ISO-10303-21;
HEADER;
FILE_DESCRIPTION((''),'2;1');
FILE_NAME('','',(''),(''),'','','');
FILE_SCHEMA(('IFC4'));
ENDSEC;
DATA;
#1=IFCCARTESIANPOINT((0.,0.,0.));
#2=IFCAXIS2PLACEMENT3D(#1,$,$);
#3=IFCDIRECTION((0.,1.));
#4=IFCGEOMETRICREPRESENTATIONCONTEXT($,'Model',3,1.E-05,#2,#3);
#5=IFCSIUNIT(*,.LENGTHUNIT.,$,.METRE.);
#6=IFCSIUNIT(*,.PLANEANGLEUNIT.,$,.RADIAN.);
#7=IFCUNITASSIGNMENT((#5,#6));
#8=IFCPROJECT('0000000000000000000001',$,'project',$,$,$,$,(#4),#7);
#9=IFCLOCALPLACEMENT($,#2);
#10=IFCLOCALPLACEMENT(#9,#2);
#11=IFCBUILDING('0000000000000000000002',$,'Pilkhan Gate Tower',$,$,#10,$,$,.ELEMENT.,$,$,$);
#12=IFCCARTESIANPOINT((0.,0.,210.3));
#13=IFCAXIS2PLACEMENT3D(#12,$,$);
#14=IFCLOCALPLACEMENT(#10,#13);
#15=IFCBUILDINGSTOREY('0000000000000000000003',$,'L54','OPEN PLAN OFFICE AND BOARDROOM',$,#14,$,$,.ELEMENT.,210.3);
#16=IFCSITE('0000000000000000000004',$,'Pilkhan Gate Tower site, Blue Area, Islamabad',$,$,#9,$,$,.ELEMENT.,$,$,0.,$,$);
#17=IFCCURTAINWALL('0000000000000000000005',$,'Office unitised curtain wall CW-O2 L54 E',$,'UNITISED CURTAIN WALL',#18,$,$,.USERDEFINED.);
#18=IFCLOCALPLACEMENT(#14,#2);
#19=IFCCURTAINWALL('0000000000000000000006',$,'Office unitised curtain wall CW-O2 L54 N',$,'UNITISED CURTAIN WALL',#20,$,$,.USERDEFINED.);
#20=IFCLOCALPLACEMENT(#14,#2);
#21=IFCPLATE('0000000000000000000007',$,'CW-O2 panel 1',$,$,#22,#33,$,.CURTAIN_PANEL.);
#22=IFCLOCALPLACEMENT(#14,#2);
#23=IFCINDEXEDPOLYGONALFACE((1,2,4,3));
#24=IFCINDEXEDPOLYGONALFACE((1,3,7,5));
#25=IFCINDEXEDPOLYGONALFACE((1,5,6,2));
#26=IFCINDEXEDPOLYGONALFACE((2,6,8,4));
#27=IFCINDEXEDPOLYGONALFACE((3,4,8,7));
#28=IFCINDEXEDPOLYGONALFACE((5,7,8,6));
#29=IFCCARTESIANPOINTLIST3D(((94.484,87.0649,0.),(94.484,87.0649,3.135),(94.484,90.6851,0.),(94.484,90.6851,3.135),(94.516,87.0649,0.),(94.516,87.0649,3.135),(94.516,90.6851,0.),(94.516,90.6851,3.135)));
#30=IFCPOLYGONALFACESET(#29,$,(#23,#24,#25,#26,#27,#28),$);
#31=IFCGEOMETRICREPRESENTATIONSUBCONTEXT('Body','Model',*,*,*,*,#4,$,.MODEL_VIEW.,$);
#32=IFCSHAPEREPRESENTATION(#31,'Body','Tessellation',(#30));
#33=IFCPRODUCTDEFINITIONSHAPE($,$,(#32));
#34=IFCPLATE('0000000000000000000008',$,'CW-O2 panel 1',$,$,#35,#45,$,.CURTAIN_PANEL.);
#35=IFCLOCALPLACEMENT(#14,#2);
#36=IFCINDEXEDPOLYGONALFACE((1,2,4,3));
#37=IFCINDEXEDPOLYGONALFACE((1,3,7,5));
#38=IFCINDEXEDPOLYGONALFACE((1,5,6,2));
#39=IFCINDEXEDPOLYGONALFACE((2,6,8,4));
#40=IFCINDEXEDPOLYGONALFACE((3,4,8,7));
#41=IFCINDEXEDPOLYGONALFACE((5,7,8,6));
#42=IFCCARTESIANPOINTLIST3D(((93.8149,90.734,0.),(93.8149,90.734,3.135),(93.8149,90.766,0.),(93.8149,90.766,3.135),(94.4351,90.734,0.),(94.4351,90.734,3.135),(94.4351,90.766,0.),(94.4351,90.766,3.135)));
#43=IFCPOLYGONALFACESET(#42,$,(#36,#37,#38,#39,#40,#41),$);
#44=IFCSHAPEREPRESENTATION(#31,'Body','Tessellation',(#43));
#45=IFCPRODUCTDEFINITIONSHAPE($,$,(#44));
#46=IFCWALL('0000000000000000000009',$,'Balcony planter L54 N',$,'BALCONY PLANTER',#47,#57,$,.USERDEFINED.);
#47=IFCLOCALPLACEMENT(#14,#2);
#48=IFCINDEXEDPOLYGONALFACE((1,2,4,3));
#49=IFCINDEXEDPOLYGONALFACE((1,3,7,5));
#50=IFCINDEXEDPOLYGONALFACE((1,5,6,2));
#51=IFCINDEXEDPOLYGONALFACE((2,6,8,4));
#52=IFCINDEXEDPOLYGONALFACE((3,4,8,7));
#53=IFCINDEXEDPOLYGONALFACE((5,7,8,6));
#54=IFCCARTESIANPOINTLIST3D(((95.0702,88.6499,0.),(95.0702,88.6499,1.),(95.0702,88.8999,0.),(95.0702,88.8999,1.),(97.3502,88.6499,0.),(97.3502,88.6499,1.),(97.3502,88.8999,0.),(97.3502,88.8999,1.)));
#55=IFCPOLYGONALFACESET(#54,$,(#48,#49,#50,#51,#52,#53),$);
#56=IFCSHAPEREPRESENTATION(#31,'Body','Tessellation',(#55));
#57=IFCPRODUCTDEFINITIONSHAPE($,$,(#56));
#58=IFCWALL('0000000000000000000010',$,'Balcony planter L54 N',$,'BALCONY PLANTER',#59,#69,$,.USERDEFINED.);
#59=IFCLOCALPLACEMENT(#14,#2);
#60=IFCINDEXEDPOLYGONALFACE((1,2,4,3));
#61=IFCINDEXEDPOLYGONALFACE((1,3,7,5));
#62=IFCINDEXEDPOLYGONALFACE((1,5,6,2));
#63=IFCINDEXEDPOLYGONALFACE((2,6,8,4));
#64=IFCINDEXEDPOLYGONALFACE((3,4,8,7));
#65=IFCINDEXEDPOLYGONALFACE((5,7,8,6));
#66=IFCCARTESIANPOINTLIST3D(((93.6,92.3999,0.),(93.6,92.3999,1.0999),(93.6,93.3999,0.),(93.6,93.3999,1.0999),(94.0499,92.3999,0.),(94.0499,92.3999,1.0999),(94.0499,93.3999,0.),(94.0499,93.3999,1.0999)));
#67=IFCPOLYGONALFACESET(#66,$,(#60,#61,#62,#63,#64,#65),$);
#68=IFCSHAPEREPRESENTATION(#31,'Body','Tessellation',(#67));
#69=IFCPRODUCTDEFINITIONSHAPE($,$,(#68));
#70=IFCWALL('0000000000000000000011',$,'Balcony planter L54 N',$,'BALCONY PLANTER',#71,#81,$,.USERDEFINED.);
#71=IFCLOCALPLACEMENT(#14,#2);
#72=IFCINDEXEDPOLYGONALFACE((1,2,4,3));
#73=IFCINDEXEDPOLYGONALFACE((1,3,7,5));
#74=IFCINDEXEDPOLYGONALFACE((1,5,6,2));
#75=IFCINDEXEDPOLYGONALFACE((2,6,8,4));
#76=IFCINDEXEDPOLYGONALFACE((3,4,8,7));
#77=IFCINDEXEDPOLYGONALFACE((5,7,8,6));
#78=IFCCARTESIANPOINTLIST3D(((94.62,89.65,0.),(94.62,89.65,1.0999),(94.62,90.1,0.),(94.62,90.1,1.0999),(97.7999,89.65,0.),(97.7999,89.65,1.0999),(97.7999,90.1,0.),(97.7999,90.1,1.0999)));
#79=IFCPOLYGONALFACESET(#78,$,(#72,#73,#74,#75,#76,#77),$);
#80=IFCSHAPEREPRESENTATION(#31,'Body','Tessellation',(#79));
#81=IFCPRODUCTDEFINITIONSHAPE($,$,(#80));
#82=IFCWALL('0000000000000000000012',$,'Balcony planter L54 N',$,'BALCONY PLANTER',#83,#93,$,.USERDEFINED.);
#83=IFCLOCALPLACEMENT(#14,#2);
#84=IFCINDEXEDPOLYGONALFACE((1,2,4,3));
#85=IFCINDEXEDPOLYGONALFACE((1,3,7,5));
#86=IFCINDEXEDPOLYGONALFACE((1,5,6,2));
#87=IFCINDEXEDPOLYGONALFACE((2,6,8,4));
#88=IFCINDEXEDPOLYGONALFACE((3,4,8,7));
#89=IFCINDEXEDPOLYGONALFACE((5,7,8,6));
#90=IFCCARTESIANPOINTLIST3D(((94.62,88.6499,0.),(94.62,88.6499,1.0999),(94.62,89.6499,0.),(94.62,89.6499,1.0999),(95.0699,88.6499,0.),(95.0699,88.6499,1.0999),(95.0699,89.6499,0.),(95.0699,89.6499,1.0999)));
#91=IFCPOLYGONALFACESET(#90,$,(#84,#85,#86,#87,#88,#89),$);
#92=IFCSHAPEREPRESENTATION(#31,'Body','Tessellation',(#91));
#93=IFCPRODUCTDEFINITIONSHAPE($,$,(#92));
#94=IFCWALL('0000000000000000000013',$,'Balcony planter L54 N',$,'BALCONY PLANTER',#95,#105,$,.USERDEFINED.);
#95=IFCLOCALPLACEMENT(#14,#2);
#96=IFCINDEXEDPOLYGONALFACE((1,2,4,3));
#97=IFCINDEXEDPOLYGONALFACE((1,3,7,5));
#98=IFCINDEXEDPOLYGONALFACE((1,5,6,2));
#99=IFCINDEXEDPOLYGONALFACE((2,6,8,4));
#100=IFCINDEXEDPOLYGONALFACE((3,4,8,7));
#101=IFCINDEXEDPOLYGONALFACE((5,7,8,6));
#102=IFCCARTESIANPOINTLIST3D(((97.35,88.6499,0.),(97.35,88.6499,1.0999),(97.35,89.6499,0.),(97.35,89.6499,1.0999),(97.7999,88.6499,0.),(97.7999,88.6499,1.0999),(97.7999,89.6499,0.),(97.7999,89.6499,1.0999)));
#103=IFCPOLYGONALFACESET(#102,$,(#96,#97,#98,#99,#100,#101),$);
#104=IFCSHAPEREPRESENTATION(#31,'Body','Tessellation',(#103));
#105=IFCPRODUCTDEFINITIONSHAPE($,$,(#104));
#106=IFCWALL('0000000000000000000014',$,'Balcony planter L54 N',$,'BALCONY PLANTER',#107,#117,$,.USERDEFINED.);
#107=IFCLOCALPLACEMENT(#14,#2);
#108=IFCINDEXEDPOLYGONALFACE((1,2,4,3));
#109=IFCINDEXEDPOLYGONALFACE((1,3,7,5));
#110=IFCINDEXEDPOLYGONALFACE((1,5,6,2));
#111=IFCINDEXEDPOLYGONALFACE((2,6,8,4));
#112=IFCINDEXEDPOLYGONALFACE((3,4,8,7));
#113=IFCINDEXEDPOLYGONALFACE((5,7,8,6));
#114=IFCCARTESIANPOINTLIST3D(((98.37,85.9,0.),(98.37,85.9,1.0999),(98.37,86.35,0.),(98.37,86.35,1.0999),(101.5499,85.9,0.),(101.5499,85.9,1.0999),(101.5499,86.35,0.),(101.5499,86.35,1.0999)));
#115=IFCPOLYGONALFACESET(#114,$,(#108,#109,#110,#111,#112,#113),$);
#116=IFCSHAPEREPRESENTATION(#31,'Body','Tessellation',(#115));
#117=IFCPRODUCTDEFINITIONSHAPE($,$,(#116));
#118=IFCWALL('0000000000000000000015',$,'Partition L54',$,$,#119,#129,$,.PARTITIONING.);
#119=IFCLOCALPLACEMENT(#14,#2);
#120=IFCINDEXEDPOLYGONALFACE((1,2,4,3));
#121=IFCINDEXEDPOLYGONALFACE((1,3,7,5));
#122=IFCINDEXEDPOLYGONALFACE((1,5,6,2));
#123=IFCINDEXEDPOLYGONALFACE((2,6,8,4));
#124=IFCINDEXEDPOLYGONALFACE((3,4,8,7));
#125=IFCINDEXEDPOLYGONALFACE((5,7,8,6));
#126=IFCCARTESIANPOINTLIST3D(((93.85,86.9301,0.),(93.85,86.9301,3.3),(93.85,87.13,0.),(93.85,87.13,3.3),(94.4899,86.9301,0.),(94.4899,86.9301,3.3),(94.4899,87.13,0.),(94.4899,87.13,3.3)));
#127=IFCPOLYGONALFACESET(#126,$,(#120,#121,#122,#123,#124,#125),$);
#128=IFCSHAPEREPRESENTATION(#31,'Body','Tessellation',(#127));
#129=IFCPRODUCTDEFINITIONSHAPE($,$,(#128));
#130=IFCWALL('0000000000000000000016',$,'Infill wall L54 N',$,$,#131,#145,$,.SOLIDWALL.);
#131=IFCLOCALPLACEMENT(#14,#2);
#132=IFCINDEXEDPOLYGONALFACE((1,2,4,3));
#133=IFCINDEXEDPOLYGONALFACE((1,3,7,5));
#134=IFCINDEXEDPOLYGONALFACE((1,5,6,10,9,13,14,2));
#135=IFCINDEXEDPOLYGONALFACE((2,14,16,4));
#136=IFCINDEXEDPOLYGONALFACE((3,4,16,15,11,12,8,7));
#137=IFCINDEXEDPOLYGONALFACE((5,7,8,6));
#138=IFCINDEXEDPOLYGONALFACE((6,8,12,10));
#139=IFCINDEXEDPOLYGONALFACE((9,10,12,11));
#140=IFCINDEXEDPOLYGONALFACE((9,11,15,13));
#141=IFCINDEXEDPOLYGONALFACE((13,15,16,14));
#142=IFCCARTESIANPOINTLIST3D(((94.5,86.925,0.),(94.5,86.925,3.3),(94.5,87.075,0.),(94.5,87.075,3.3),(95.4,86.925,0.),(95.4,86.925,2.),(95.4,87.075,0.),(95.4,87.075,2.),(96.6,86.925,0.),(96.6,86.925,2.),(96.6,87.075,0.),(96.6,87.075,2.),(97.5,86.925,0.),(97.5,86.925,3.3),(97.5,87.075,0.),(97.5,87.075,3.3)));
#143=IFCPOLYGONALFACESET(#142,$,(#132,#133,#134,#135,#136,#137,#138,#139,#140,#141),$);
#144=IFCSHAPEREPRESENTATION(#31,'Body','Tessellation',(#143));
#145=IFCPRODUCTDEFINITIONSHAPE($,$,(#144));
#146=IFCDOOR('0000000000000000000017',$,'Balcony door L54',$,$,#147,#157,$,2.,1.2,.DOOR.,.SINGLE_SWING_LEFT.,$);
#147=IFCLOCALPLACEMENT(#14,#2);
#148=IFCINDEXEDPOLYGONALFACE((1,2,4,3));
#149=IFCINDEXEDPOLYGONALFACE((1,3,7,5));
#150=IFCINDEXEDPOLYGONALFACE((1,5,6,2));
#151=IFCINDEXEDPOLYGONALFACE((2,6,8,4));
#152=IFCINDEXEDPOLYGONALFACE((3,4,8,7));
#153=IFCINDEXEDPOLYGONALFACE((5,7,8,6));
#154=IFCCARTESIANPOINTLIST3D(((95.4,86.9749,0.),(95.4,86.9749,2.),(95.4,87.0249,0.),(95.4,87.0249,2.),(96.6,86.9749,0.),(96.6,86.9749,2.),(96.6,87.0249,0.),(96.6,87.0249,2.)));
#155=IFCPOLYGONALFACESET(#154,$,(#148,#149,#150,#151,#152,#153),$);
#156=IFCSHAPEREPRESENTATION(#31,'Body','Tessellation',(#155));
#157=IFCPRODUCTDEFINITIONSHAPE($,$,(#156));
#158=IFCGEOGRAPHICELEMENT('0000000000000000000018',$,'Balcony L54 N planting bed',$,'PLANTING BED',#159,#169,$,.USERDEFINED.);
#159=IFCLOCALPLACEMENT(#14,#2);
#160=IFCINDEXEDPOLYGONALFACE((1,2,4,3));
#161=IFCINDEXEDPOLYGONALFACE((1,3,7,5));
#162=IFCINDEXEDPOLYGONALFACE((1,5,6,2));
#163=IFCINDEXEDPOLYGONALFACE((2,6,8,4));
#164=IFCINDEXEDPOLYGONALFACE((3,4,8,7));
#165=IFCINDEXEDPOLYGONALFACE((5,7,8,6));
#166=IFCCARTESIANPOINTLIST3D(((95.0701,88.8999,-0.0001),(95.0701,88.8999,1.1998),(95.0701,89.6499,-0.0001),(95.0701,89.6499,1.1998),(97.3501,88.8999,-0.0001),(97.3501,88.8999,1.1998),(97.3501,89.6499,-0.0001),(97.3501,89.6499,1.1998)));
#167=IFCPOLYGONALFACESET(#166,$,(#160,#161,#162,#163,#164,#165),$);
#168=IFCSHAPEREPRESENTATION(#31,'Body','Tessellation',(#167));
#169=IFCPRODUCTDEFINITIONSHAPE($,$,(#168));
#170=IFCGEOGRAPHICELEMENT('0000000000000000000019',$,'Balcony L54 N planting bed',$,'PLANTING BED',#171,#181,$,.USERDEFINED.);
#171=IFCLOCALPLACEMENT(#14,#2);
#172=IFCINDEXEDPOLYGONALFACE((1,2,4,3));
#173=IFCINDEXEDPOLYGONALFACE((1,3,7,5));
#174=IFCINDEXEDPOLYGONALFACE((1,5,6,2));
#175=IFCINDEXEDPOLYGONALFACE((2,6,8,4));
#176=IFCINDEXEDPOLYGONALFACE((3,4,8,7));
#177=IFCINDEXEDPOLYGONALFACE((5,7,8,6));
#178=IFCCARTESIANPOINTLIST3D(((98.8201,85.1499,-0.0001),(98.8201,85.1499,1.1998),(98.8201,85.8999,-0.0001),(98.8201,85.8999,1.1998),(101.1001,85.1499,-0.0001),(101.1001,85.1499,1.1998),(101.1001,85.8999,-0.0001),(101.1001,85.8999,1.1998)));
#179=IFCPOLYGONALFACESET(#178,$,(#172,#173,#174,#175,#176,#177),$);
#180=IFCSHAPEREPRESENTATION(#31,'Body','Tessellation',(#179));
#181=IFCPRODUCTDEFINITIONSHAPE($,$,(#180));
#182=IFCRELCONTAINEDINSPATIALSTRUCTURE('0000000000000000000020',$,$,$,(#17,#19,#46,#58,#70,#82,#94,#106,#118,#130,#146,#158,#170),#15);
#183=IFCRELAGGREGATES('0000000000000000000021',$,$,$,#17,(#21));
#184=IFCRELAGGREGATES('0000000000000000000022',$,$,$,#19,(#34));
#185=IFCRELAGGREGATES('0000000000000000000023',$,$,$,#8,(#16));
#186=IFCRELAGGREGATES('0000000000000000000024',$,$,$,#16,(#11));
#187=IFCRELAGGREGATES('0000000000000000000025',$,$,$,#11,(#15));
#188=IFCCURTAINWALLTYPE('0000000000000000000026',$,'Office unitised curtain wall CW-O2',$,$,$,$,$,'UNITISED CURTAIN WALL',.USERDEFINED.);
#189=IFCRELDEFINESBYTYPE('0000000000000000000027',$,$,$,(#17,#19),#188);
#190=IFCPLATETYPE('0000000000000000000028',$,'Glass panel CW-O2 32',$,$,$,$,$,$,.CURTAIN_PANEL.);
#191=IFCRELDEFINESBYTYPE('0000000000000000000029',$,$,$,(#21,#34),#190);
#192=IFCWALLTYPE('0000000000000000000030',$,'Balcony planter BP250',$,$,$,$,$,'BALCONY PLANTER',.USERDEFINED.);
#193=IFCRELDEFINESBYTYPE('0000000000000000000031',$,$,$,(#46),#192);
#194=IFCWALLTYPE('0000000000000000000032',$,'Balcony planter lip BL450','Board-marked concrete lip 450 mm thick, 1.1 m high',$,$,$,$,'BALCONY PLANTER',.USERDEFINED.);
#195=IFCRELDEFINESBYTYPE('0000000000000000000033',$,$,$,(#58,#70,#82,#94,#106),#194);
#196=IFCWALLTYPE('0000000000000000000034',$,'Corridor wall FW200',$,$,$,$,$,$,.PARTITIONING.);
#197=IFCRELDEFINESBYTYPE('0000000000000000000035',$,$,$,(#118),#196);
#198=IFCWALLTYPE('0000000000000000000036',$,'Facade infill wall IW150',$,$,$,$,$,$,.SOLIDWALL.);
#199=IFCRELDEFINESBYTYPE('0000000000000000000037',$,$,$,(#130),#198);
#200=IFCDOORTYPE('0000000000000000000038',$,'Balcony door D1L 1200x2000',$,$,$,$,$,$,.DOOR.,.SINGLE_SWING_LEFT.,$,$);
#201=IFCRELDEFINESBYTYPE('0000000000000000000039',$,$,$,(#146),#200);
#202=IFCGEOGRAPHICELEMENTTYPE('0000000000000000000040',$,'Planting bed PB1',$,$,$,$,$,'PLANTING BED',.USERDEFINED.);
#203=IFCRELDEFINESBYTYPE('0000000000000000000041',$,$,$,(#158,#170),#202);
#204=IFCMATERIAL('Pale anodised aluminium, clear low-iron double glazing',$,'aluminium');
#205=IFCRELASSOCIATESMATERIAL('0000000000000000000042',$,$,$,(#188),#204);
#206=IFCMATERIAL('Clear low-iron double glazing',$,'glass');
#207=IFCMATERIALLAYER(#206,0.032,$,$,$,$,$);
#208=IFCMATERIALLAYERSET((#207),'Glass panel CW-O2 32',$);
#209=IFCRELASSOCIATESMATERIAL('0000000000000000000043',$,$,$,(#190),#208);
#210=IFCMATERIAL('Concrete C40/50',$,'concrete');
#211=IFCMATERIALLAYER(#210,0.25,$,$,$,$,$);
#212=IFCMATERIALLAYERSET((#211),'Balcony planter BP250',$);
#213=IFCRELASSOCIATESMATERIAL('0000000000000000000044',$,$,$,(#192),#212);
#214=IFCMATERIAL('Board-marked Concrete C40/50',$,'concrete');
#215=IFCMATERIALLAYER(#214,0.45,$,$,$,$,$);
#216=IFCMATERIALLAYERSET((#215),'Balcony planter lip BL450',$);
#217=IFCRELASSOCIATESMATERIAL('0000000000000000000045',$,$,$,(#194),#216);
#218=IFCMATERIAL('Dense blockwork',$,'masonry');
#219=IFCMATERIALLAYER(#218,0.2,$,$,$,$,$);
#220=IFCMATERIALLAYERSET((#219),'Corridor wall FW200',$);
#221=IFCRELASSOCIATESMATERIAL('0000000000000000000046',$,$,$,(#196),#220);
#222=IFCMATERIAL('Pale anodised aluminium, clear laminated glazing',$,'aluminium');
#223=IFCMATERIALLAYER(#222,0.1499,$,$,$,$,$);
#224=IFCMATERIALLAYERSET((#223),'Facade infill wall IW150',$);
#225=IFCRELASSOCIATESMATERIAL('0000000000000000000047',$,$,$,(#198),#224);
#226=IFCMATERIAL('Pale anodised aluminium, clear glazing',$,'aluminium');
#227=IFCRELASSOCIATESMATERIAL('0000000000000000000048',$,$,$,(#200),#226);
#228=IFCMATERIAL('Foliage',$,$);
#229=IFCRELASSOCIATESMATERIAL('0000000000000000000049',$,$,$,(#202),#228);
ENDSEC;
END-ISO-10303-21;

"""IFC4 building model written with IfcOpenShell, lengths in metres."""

from ifc_helpers import new_model, si_unit, direction, frame, frame_2d, origin, origin_2d, place, context, subcontext, project, spatial, rectangle, extrude, material, layer, layer_set, material_profile, profile_set, type_object, element, fill, aggregate, save


model = new_model("IFC4")

# Units and contexts
model_context = context("Model", 3, precision=1e-05, world=origin(), true_north=direction((0.0, 1.0)))
body_context = subcontext(model_context, "Body", "Model", "MODEL_VIEW")
ifc_project = project(units=[si_unit("LENGTHUNIT", "METRE"), si_unit("PLANEANGLEUNIT", "RADIAN")], contexts=[model_context])

# Site, building, storey
site_placement = place(None, origin())
site = spatial("IfcSite", under=ifc_project, at=site_placement, Name="Pilkhan Gate Tower site, Blue Area, Islamabad", CompositionType="ELEMENT", RefElevation=0.0)
building_placement = place(site_placement, origin())
building = spatial("IfcBuilding", under=site, at=building_placement, Name="Pilkhan Gate Tower", CompositionType="ELEMENT")
storey_placement = place(building_placement, frame((0.0, 0.0, 210.3)))
storey = spatial("IfcBuildingStorey", under=building, at=storey_placement, Name="L54", Description="OPEN PLAN OFFICE AND BOARDROOM", CompositionType="ELEMENT", Elevation=210.3)

# Shared definitions
ifc_material_1 = material(Name="Pale anodised aluminium, clear low-iron double glazing", Category="aluminium")
curtain_wall_type = type_object("IfcCurtainWallType", Name="Office unitised curtain wall CW-O2", ElementType="UNITISED CURTAIN WALL", PredefinedType="USERDEFINED", material=ifc_material_1)

# Curtain wall
curtain_wall_1_placement = place(storey_placement, origin())
curtain_wall_1 = element("IfcCurtainWall", 1, at=curtain_wall_1_placement, inside=storey, type_object=curtain_wall_type, Name="Office unitised curtain wall CW-O2 L54 E", ObjectType="UNITISED CURTAIN WALL", PredefinedType="USERDEFINED")

# Curtain wall
curtain_wall_2_placement = place(storey_placement, origin())
curtain_wall_2 = element("IfcCurtainWall", 2, at=curtain_wall_2_placement, inside=storey, type_object=curtain_wall_type, Name="Office unitised curtain wall CW-O2 L54 N", ObjectType="UNITISED CURTAIN WALL", PredefinedType="USERDEFINED")

# Plates
ifc_material_2 = material(Name="Clear low-iron double glazing", Category="glass")
ifc_layer_1 = layer(ifc_material_2, 0.032)
ifc_layer_set_1 = layer_set([ifc_layer_1], Name="Glass panel CW-O2 32")
plate_type = type_object("IfcPlateType", Name="Glass panel CW-O2 32", PredefinedType="CURTAIN_PANEL", material=ifc_layer_set_1)
plate_1_placement = place(storey_placement, frame((94.5, 88.875, 0.0), z_axis=(0.0, 0.0, 1.0), x_axis=(0.0, 1.0, 0.0)))
plate_1 = element("IfcPlate", 3, at=plate_1_placement, type_object=plate_type, Name="CW-O2 panel 1", PredefinedType="CURTAIN_PANEL", context=body_context, shape_type="SweptSolid", body=[
    extrude(rectangle(XDim=3.6201, YDim=0.032, at=origin_2d()), origin(), (0.0, 0.0, 1.0), 3.135),
])
aggregate(curtain_wall_1, [plate_1])
plate_2_placement = place(storey_placement, frame((94.125, 90.75, 0.0), z_axis=(0.0, 0.0, 1.0), x_axis=(1.0, 0.0, 0.0)))
plate_2 = element("IfcPlate", 4, at=plate_2_placement, type_object=plate_type, Name="CW-O2 panel 1", PredefinedType="CURTAIN_PANEL", context=body_context, shape_type="SweptSolid", body=[
    extrude(rectangle(XDim=0.6201, YDim=0.032, at=origin_2d()), origin(), (0.0, 0.0, 1.0), 3.135),
])
aggregate(curtain_wall_2, [plate_2])

# Walls
ifc_material_3 = material(Name="Concrete C40/50", Category="concrete")
ifc_layer_2 = layer(ifc_material_3, 0.25)
ifc_layer_set_2 = layer_set([ifc_layer_2], Name="Balcony planter BP250")
wall_type_1 = type_object("IfcWallType", Name="Balcony planter BP250", ElementType="BALCONY PLANTER", PredefinedType="USERDEFINED", material=ifc_layer_set_2)
wall_1_placement = place(storey_placement, frame((95.0701, 88.7749, 0.0), z_axis=(0.0, 0.0, 1.0), x_axis=(1.0, 0.0, 0.0)))
element("IfcWall", 5, at=wall_1_placement, inside=storey, type_object=wall_type_1, Name="Balcony planter L54 N", ObjectType="BALCONY PLANTER", PredefinedType="USERDEFINED", context=body_context, shape_type="SweptSolid", body=[
    extrude(rectangle(XDim=2.28, YDim=0.25, at=frame_2d((1.1401, 0.0))), origin(), (0.0, 0.0, 1.0), 1.0),
])
ifc_material_4 = material(Name="Board-marked Concrete C40/50", Category="concrete")
ifc_layer_3 = layer(ifc_material_4, 0.45)
ifc_layer_set_3 = layer_set([ifc_layer_3], Name="Balcony planter lip BL450")
wall_type_2 = type_object("IfcWallType", Name="Balcony planter lip BL450", Description="Board-marked concrete lip 450 mm thick, 1.1 m high", ElementType="BALCONY PLANTER", PredefinedType="USERDEFINED", material=ifc_layer_set_3)
wall_2_placement = place(storey_placement, frame((93.825, 92.3999, 0.0), z_axis=(0.0, 0.0, 1.0), x_axis=(0.0, 1.0, 0.0)))
element("IfcWall", 6, at=wall_2_placement, inside=storey, type_object=wall_type_2, Name="Balcony planter L54 N", ObjectType="BALCONY PLANTER", PredefinedType="USERDEFINED", context=body_context, shape_type="SweptSolid", body=[
    extrude(rectangle(XDim=1.0, YDim=0.45, at=frame_2d((0.5, 0.0))), origin(), (0.0, 0.0, 1.0), 1.0999),
])
wall_3_placement = place(storey_placement, frame((94.6201, 89.875, 0.0), z_axis=(0.0, 0.0, 1.0), x_axis=(1.0, 0.0, 0.0)))
element("IfcWall", 7, at=wall_3_placement, inside=storey, type_object=wall_type_2, Name="Balcony planter L54 N", ObjectType="BALCONY PLANTER", PredefinedType="USERDEFINED", context=body_context, shape_type="SweptSolid", body=[
    extrude(rectangle(XDim=3.1799, YDim=0.45, at=frame_2d((1.5898, 0.0))), origin(), (0.0, 0.0, 1.0), 1.0999),
])
for number, where, z_axis, x_axis, name in (
    (8, (94.845, 88.6499, 0.0), (0.0, 0.0, 1.0), (0.0, 1.0, 0.0), "Balcony planter L54 N"),
    (9, (97.575, 88.6499, 0.0), (0.0, 0.0, 1.0), (0.0, 1.0, 0.0), "Balcony planter L54 N"),
):
    element("IfcWall", number, at=place(storey_placement, frame(where, z_axis=z_axis, x_axis=x_axis)), inside=storey, type_object=wall_type_2, Name=name, ObjectType="BALCONY PLANTER", PredefinedType="USERDEFINED", context=body_context, shape_type="SweptSolid", body=[
        extrude(rectangle(XDim=1.0, YDim=0.45, at=frame_2d((0.5, 0.0))), origin(), (0.0, 0.0, 1.0), 1.0999),
    ])
wall_4_placement = place(storey_placement, frame((98.3701, 86.125, 0.0), z_axis=(0.0, 0.0, 1.0), x_axis=(1.0, 0.0, 0.0)))
element("IfcWall", 10, at=wall_4_placement, inside=storey, type_object=wall_type_2, Name="Balcony planter L54 N", ObjectType="BALCONY PLANTER", PredefinedType="USERDEFINED", context=body_context, shape_type="SweptSolid", body=[
    extrude(rectangle(XDim=3.1799, YDim=0.45, at=frame_2d((1.5898, 0.0))), origin(), (0.0, 0.0, 1.0), 1.0999),
])
ifc_material_5 = material(Name="Dense blockwork", Category="masonry")
ifc_layer_4 = layer(ifc_material_5, 0.2)
ifc_layer_set_4 = layer_set([ifc_layer_4], Name="Corridor wall FW200")
wall_type_3 = type_object("IfcWallType", Name="Corridor wall FW200", PredefinedType="PARTITIONING", material=ifc_layer_set_4)
wall_5_placement = place(storey_placement, frame((93.8501, 87.03, 0.0), z_axis=(0.0, 0.0, 1.0), x_axis=(1.0, 0.0, 0.0)))
element("IfcWall", 11, at=wall_5_placement, inside=storey, type_object=wall_type_3, Name="Partition L54", PredefinedType="PARTITIONING", context=body_context, shape_type="SweptSolid", body=[
    extrude(rectangle(XDim=0.6399, YDim=0.2, at=frame_2d((0.3198, 0.0))), origin(), (0.0, 0.0, 1.0), 3.3),
])

# Wall, opening, door
ifc_material_6 = material(Name="Pale anodised aluminium, clear laminated glazing", Category="aluminium")
ifc_layer_5 = layer(ifc_material_6, 0.1499)
ifc_layer_set_5 = layer_set([ifc_layer_5], Name="Facade infill wall IW150")
wall_type_4 = type_object("IfcWallType", Name="Facade infill wall IW150", PredefinedType="SOLIDWALL", material=ifc_layer_set_5)
wall_6_placement = place(storey_placement, frame((94.5, 87.0, 0.0), z_axis=(0.0, 0.0, 1.0), x_axis=(1.0, 0.0, 0.0)))
wall_6 = element("IfcWall", 12, at=wall_6_placement, inside=storey, type_object=wall_type_4, Name="Infill wall L54 N", PredefinedType="SOLIDWALL", context=body_context, shape_type="SweptSolid", body=[
    extrude(rectangle(XDim=3.0, YDim=0.1499, at=frame_2d((1.5, 0.0))), origin(), (0.0, 0.0, 1.0), 3.3),
])
opening_placement = place(wall_6_placement, frame((0.8999, 0.0, 0.0)))
opening = element("IfcOpeningElement", 13, at=opening_placement, cuts=wall_6, PredefinedType="OPENING", context=body_context, shape_type="SweptSolid", body=[
    extrude(rectangle(XDim=1.2, YDim=2.0, at=frame_2d((0.6001, 1.0))), frame((0.0, 0.085, 0.0), z_axis=(0.0, -1.0, 0.0), x_axis=(1.0, 0.0, 0.0)), (0.0, 0.0, 1.0), 0.1699),
])
ifc_material_7 = material(Name="Pale anodised aluminium, clear glazing", Category="aluminium")
door_type = type_object("IfcDoorType", Name="Balcony door D1L 1200x2000", OperationType="SINGLE_SWING_LEFT", PredefinedType="DOOR", material=ifc_material_7)
door_placement = place(opening_placement, origin())
door = element("IfcDoor", 14, at=door_placement, inside=storey, type_object=door_type, Name="Balcony door L54", OperationType="SINGLE_SWING_LEFT", OverallHeight=2.0, OverallWidth=1.2, PredefinedType="DOOR", context=body_context, shape_type="SweptSolid", body=[
    extrude(rectangle(XDim=1.2, YDim=2.0, at=frame_2d((0.6001, 1.0))), frame((0.0, 0.0249, 0.0), z_axis=(0.0, -1.0, 0.0), x_axis=(1.0, 0.0, 0.0)), (0.0, 0.0, 1.0), 0.05),
])
fill(opening, door)

# Geographic elements
ifc_material_8 = material(Name="Foliage")
ifc_material_profile_1 = material_profile(ifc_material_8, rectangle(XDim=0.75, YDim=1.2, at=origin_2d()), Name="Bed 750x1200")
ifc_profile_set_1 = profile_set([ifc_material_profile_1], Name="Foliage")
geographic_element_type_1 = type_object("IfcGeographicElementType", Name="Planting bed PB1", ElementType="PLANTING BED", PredefinedType="USERDEFINED", material=ifc_profile_set_1)
for number, where, z_axis, x_axis, name in (
    (15, (95.0701, 89.2749, 0.5999), (1.0, 0.0, 0.0), (0.0, 1.0, 0.0), "Balcony L54 N planting bed"),
    (16, (98.8201, 85.5249, 0.5999), (1.0, 0.0, 0.0), (0.0, 1.0, 0.0), "Balcony L54 N planting bed"),
):
    element("IfcGeographicElement", number, at=place(storey_placement, frame(where, z_axis=z_axis, x_axis=x_axis)), inside=storey, type_object=geographic_element_type_1, Name=name, ObjectType="PLANTING BED", PredefinedType="USERDEFINED", context=body_context, shape_type="SweptSolid", body=[
        extrude(rectangle(XDim=0.75, YDim=1.2, at=origin_2d()), origin(), (0.0, 0.0, 1.0), 2.28),
    ])

save(model, "model.ifc")
